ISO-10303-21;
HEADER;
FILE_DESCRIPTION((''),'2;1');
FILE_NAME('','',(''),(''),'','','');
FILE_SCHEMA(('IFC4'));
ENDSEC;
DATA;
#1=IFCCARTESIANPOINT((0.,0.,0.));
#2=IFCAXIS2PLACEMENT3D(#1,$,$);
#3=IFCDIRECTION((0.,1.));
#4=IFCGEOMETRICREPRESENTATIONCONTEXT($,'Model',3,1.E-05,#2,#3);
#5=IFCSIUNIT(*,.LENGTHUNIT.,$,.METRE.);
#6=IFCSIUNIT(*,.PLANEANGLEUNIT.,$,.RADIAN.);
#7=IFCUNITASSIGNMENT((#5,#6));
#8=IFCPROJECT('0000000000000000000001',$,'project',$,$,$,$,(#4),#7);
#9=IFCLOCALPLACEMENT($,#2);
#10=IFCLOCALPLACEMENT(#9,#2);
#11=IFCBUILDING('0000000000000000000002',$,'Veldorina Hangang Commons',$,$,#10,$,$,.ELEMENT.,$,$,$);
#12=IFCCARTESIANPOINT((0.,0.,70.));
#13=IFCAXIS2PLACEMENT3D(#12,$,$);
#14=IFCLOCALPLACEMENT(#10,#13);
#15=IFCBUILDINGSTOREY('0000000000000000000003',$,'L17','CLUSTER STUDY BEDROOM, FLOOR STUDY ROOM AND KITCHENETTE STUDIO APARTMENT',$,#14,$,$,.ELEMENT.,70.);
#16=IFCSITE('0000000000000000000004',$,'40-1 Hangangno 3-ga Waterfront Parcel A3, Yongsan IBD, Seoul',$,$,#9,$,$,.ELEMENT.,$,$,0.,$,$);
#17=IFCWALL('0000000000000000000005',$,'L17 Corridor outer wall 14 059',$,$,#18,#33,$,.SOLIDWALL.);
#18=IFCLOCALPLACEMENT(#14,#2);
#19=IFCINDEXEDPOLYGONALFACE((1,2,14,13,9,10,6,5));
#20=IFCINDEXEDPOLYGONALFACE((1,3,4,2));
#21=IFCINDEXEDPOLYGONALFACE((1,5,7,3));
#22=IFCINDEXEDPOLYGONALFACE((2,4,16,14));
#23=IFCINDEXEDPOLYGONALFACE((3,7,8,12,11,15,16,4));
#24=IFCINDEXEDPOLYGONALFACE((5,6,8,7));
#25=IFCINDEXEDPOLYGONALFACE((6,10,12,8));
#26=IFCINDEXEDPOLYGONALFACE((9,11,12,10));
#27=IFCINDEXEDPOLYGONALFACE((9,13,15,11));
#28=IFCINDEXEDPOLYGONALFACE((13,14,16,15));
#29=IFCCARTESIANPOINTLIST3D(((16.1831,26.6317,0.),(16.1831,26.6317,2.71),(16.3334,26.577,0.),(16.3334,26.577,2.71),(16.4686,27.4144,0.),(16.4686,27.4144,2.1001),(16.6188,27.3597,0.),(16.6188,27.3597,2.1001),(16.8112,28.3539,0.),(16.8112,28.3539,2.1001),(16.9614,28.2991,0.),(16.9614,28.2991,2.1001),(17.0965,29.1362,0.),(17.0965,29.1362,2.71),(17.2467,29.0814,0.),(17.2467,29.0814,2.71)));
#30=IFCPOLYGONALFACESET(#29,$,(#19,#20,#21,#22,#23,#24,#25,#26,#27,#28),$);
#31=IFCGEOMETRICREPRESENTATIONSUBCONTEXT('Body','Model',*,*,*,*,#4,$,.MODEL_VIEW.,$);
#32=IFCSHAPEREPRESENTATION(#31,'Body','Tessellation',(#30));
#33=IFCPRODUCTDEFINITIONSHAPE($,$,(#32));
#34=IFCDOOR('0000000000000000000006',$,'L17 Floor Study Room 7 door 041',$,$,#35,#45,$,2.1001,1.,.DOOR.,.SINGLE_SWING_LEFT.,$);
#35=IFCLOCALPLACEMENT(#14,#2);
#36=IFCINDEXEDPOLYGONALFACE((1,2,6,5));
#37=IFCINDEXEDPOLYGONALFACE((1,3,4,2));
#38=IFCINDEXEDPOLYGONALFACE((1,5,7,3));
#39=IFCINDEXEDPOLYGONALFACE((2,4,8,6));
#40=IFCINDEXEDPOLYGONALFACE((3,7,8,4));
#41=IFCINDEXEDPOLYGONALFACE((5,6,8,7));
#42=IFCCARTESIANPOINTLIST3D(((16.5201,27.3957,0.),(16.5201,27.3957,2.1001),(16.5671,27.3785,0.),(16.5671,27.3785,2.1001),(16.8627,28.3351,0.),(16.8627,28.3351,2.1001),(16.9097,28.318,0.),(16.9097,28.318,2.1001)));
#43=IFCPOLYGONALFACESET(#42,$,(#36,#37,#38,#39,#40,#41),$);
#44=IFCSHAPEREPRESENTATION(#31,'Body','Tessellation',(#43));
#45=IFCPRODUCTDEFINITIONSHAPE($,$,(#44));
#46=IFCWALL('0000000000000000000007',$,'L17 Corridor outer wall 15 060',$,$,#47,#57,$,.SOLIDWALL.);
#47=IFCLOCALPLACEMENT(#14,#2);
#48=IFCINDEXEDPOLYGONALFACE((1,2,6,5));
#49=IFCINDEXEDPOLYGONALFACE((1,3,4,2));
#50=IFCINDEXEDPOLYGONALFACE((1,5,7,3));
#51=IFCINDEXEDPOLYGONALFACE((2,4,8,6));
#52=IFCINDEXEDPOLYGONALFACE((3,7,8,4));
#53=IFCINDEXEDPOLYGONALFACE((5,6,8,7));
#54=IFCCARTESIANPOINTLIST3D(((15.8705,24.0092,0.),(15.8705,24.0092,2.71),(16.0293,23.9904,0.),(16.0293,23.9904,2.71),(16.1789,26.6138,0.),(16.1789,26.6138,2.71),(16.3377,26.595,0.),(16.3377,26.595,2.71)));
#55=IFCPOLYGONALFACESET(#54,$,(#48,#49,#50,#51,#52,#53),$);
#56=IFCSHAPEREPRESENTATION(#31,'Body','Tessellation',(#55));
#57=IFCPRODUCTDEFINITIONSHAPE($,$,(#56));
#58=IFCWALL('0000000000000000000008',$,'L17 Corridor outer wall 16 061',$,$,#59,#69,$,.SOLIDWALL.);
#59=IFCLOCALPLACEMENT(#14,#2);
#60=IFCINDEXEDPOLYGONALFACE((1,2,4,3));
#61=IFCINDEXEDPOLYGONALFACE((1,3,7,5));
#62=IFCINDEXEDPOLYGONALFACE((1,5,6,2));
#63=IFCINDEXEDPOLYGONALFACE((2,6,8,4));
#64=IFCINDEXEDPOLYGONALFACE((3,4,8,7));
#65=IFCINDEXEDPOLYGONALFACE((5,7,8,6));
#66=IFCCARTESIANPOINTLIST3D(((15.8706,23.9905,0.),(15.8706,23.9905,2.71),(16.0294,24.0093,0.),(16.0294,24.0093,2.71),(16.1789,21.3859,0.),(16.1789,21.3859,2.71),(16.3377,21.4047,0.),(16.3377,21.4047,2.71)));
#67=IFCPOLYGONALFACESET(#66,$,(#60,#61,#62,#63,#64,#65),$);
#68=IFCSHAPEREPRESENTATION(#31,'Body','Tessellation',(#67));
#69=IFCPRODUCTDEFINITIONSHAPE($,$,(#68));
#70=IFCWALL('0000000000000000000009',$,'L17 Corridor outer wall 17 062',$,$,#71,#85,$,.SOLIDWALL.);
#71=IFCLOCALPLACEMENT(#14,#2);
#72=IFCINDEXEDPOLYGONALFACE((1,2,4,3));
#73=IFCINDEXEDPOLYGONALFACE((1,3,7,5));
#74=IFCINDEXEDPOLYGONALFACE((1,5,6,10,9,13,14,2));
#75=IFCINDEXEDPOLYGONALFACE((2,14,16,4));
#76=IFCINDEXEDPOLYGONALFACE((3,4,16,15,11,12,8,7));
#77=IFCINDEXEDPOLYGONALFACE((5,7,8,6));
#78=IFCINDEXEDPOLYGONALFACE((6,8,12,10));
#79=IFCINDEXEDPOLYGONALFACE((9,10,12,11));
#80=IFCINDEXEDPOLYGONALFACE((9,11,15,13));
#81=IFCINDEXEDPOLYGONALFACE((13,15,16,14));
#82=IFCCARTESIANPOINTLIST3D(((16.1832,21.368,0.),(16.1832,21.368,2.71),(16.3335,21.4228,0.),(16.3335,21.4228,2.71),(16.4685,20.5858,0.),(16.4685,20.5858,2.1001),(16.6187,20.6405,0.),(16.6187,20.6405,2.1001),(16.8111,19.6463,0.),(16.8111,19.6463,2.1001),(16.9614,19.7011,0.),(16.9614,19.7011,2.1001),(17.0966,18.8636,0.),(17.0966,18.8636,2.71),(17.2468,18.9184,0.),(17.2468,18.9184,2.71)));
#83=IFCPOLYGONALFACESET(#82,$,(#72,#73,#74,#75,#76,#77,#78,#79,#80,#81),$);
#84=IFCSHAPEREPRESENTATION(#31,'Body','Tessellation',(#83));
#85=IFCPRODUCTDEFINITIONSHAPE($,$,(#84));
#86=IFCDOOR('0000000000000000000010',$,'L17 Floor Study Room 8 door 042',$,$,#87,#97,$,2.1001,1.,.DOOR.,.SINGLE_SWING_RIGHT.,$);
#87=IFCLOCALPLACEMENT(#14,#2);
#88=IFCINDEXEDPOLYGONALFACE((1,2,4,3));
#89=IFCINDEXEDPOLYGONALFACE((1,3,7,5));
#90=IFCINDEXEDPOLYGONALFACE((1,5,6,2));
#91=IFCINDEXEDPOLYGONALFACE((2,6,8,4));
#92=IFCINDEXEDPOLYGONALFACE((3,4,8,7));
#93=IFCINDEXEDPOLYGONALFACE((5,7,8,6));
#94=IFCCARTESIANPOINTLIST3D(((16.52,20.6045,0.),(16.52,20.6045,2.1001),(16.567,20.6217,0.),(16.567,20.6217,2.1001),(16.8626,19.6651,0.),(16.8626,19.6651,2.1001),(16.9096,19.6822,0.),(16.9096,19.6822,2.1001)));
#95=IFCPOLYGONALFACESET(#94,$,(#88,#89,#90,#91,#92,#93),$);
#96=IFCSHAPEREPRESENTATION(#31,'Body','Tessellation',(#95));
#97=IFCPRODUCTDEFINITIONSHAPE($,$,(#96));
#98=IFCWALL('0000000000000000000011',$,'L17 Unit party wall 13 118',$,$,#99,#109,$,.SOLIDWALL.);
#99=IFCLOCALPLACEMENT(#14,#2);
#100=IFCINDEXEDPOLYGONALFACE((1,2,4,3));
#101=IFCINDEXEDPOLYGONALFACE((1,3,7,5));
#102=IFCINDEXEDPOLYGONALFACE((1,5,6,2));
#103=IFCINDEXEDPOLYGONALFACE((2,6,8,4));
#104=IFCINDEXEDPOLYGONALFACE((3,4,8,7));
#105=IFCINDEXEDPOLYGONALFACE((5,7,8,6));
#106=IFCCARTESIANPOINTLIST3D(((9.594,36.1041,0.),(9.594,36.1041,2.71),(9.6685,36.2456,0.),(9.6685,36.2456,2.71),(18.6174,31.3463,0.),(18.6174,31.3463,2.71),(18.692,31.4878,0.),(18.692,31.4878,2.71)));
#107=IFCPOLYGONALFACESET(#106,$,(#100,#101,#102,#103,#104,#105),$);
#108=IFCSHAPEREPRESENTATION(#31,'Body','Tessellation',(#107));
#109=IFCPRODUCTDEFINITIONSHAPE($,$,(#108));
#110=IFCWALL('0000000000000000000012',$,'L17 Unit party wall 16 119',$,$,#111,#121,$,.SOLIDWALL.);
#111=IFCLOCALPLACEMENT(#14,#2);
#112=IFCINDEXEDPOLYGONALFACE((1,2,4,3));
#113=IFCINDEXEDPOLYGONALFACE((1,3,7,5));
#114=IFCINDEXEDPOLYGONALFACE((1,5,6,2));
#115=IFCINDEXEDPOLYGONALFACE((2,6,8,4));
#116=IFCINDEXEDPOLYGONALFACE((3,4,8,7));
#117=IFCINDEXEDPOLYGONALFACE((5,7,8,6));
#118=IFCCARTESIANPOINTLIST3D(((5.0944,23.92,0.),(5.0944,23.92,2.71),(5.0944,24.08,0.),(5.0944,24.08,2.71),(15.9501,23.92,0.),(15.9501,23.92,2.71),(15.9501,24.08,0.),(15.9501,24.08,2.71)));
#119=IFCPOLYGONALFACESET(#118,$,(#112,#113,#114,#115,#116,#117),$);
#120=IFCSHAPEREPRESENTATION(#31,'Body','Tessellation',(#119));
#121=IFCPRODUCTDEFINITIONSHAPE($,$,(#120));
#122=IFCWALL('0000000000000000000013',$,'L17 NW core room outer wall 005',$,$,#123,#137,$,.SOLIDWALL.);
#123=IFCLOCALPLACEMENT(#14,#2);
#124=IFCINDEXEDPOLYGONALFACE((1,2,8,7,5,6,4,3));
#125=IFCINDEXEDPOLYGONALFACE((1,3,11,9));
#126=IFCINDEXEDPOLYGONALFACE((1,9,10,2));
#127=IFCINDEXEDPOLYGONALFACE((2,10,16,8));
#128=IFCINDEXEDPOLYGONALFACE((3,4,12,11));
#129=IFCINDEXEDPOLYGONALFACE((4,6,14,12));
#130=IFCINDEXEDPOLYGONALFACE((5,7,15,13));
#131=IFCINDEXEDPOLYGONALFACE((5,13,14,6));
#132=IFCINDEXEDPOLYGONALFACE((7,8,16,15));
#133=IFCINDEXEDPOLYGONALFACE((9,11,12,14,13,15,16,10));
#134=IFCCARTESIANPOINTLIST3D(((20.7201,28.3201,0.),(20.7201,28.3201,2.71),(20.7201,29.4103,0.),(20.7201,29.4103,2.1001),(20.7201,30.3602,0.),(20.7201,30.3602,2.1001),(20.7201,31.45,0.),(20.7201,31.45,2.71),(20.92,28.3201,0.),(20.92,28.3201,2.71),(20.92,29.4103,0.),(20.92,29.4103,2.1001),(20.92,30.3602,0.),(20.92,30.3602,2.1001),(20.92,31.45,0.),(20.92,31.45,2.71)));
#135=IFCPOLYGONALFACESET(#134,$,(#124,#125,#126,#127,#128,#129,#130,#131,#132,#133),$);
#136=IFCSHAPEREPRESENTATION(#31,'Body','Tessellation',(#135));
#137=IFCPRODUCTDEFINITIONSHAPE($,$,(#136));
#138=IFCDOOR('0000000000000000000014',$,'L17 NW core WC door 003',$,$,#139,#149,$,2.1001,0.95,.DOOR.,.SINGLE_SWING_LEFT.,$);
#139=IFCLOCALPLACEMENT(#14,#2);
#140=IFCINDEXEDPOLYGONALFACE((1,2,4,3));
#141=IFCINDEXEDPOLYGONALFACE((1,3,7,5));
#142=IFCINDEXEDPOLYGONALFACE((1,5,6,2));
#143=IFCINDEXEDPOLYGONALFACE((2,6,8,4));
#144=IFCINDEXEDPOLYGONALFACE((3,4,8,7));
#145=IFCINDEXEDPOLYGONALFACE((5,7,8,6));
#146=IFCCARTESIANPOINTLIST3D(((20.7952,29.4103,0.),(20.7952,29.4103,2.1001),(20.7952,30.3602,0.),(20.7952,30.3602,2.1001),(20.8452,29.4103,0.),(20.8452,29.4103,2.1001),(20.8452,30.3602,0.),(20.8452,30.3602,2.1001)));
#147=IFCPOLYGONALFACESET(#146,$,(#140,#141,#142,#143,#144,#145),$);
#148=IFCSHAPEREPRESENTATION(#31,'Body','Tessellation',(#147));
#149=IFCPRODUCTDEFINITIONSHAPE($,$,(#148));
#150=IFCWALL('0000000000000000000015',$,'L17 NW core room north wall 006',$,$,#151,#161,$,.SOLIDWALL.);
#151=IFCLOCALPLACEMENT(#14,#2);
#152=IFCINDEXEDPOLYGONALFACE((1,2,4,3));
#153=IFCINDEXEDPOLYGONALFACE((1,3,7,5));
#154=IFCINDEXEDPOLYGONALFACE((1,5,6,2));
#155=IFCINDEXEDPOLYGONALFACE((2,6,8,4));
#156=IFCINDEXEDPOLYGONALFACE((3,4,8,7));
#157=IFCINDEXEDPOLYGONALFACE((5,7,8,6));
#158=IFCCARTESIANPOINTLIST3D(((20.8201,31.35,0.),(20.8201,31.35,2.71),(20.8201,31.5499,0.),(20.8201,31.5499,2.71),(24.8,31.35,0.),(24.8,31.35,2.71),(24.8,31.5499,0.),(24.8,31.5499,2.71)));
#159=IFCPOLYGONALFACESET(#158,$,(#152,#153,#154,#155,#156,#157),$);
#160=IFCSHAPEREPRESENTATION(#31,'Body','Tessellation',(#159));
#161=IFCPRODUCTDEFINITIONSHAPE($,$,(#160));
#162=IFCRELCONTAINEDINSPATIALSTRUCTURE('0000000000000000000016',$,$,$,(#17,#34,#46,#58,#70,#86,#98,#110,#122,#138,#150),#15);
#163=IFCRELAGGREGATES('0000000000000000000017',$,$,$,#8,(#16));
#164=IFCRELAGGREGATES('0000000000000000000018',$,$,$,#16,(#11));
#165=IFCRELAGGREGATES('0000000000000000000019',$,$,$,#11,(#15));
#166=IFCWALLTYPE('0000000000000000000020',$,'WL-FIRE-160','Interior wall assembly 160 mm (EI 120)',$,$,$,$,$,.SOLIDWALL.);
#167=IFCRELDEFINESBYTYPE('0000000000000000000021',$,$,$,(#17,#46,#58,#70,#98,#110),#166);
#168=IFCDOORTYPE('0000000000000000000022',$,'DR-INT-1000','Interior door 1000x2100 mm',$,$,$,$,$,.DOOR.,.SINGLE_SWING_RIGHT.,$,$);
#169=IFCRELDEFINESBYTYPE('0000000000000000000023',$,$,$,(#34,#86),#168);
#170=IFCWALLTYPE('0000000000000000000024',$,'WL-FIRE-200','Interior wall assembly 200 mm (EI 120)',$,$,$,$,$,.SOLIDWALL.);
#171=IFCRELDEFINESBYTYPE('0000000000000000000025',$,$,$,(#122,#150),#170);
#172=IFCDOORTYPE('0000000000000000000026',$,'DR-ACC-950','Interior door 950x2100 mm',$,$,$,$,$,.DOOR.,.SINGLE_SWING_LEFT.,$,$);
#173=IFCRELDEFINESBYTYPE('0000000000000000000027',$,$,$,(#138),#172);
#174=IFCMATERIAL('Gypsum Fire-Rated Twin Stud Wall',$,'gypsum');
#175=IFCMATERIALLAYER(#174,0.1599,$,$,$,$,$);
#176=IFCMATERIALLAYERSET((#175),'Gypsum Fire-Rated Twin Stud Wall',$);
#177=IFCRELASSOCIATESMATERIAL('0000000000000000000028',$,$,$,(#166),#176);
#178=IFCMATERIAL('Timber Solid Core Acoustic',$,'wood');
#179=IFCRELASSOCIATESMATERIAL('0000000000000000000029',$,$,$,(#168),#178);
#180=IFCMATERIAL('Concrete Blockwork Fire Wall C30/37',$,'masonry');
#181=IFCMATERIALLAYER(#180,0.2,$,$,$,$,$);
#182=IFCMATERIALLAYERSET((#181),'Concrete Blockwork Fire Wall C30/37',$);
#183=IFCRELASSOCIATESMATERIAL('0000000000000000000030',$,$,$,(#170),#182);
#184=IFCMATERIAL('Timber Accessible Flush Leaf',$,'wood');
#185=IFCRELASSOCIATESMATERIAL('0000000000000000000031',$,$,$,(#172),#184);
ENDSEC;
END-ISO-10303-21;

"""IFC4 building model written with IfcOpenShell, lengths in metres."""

from ifc_helpers import new_model, si_unit, direction, frame, frame_2d, origin, place, context, subcontext, project, spatial, rectangle, extrude, material, layer, layer_set, type_object, element, fill, save


model = new_model("IFC4")

# Units and contexts
model_context = context("Model", 3, precision=1e-05, world=origin(), true_north=direction((0.0, 1.0)))
body_context = subcontext(model_context, "Body", "Model", "MODEL_VIEW")
ifc_project = project(units=[si_unit("LENGTHUNIT", "METRE"), si_unit("PLANEANGLEUNIT", "RADIAN")], contexts=[model_context])

# Site, building, storey
site_placement = place(None, origin())
site = spatial("IfcSite", under=ifc_project, at=site_placement, Name="40-1 Hangangno 3-ga Waterfront Parcel A3, Yongsan IBD, Seoul", CompositionType="ELEMENT", RefElevation=0.0)
building_placement = place(site_placement, origin())
building = spatial("IfcBuilding", under=site, at=building_placement, Name="Veldorina Hangang Commons", CompositionType="ELEMENT")
storey_placement = place(building_placement, frame((0.0, 0.0, 70.0)))
storey = spatial("IfcBuildingStorey", under=building, at=storey_placement, Name="L17", Description="CLUSTER STUDY BEDROOM, FLOOR STUDY ROOM AND KITCHENETTE STUDIO APARTMENT", CompositionType="ELEMENT", Elevation=70.0)

# Shared definitions
ifc_material_1 = material(Name="Gypsum Fire-Rated Twin Stud Wall", Category="gypsum")
ifc_layer_1 = layer(ifc_material_1, 0.1599)
ifc_layer_set_1 = layer_set([ifc_layer_1], Name="Gypsum Fire-Rated Twin Stud Wall")
wall_type_1 = type_object("IfcWallType", Name="WL-FIRE-160", Description="Interior wall assembly 160 mm (EI 120)", PredefinedType="SOLIDWALL", material=ifc_layer_set_1)

# Wall, opening, door
wall_1_placement = place(storey_placement, frame((17.1716, 29.1089, 0.0), z_axis=(0.0, 0.0, 1.0), x_axis=(-0.342618, -0.939475, 0.0)))
wall_1 = element("IfcWall", 1, at=wall_1_placement, inside=storey, type_object=wall_type_1, Name="L17 Corridor outer wall 14 059", PredefinedType="SOLIDWALL", context=body_context, shape_type="SweptSolid", body=[
    extrude(rectangle(XDim=2.6658, YDim=0.1599, at=frame_2d((1.333, 0.0))), origin(), (0.0, 0.0, 1.0), 2.71),
])
opening_1_placement = place(wall_1_placement, frame((0.8328, 0.0, 0.0)))
opening_1 = element("IfcOpeningElement", 2, at=opening_1_placement, cuts=wall_1, PredefinedType="OPENING", context=body_context, shape_type="SweptSolid", body=[
    extrude(rectangle(XDim=1.0, YDim=2.1001, at=frame_2d((0.5, 1.05))), frame((0.0, 0.0898, 0.0), z_axis=(0.0, -1.0, 0.0), x_axis=(1.0, 0.0, 0.0)), (0.0, 0.0, 1.0), 0.1799),
])
ifc_material_2 = material(Name="Timber Solid Core Acoustic", Category="wood")
door_type_1 = type_object("IfcDoorType", Name="DR-INT-1000", Description="Interior door 1000x2100 mm", OperationType="SINGLE_SWING_RIGHT", PredefinedType="DOOR", material=ifc_material_2)
door_1_placement = place(opening_1_placement, origin())
door_1 = element("IfcDoor", 3, at=door_1_placement, inside=storey, type_object=door_type_1, Name="L17 Floor Study Room 7 door 041", OperationType="SINGLE_SWING_LEFT", OverallHeight=2.1001, OverallWidth=1.0, PredefinedType="DOOR", context=body_context, shape_type="SweptSolid", body=[
    extrude(rectangle(XDim=1.0, YDim=2.1001, at=frame_2d((0.5, 1.05))), frame((0.0, 0.0249, 0.0), z_axis=(0.0, -1.0, 0.0), x_axis=(1.0, 0.0, 0.0)), (0.0, 0.0, 1.0), 0.05),
])
fill(opening_1, door_1)

# Walls
for number, where, z_axis, x_axis, name in (
    (4, (16.2583, 26.6045, 0.0), (0.0, 0.0, 1.0), (-0.11757, -0.993065, 0.0), "L17 Corridor outer wall 15 060"),
    (5, (15.95, 24.0, 0.0), (0.0, 0.0, 1.0), (0.11757, -0.993065, 0.0), "L17 Corridor outer wall 16 061"),
):
    element("IfcWall", number, at=place(storey_placement, frame(where, z_axis=z_axis, x_axis=x_axis)), inside=storey, type_object=wall_type_1, Name=name, PredefinedType="SOLIDWALL", context=body_context, shape_type="SweptSolid", body=[
        extrude(rectangle(XDim=2.6228, YDim=0.1599, at=frame_2d((1.3115, 0.0))), origin(), (0.0, 0.0, 1.0), 2.71),
    ])

# Wall, opening, door
wall_2_placement = place(storey_placement, frame((16.2583, 21.3955, 0.0), z_axis=(0.0, 0.0, 1.0), x_axis=(0.342618, -0.939475, 0.0)))
wall_2 = element("IfcWall", 6, at=wall_2_placement, inside=storey, type_object=wall_type_1, Name="L17 Corridor outer wall 17 062", PredefinedType="SOLIDWALL", context=body_context, shape_type="SweptSolid", body=[
    extrude(rectangle(XDim=2.6658, YDim=0.1599, at=frame_2d((1.333, 0.0))), origin(), (0.0, 0.0, 1.0), 2.71),
])
opening_2_placement = place(wall_2_placement, frame((0.8328, 0.0, 0.0)))
opening_2 = element("IfcOpeningElement", 7, at=opening_2_placement, cuts=wall_2, PredefinedType="OPENING", context=body_context, shape_type="SweptSolid", body=[
    extrude(rectangle(XDim=1.0, YDim=2.1001, at=frame_2d((0.5, 1.05))), frame((0.0, 0.0898, 0.0), z_axis=(0.0, -1.0, 0.0), x_axis=(1.0, 0.0, 0.0)), (0.0, 0.0, 1.0), 0.1799),
])
door_2_placement = place(opening_2_placement, origin())
door_2 = element("IfcDoor", 8, at=door_2_placement, inside=storey, type_object=door_type_1, Name="L17 Floor Study Room 8 door 042", OperationType="SINGLE_SWING_RIGHT", OverallHeight=2.1001, OverallWidth=1.0, PredefinedType="DOOR", context=body_context, shape_type="SweptSolid", body=[
    extrude(rectangle(XDim=1.0, YDim=2.1001, at=frame_2d((0.5, 1.05))), frame((0.0, 0.0249, 0.0), z_axis=(0.0, -1.0, 0.0), x_axis=(1.0, 0.0, 0.0)), (0.0, 0.0, 1.0), 0.05),
])
fill(opening_2, door_2)

# Walls
wall_3_placement = place(storey_placement, frame((18.6548, 31.417, 0.0), z_axis=(0.0, 0.0, 1.0), x_axis=(-0.884569, 0.466409, 0.0)))
element("IfcWall", 9, at=wall_3_placement, inside=storey, type_object=wall_type_1, Name="L17 Unit party wall 13 118", PredefinedType="SOLIDWALL", context=body_context, shape_type="SweptSolid", body=[
    extrude(rectangle(XDim=10.2009, YDim=0.1599, at=frame_2d((5.1006, 0.0))), origin(), (0.0, 0.0, 1.0), 2.71),
])
wall_4_placement = place(storey_placement, frame((15.95, 24.0, 0.0), z_axis=(0.0, 0.0, 1.0), x_axis=(-1.0, 0.0, 0.0)))
element("IfcWall", 10, at=wall_4_placement, inside=storey, type_object=wall_type_1, Name="L17 Unit party wall 16 119", PredefinedType="SOLIDWALL", context=body_context, shape_type="SweptSolid", body=[
    extrude(rectangle(XDim=10.8557, YDim=0.1599, at=frame_2d((5.4277, 0.0))), origin(), (0.0, 0.0, 1.0), 2.71),
])

# Wall, opening, door
ifc_material_3 = material(Name="Concrete Blockwork Fire Wall C30/37", Category="masonry")
ifc_layer_2 = layer(ifc_material_3, 0.2)
ifc_layer_set_2 = layer_set([ifc_layer_2], Name="Concrete Blockwork Fire Wall C30/37")
wall_type_2 = type_object("IfcWallType", Name="WL-FIRE-200", Description="Interior wall assembly 200 mm (EI 120)", PredefinedType="SOLIDWALL", material=ifc_layer_set_2)
wall_5_placement = place(storey_placement, frame((20.8201, 28.3201, 0.0), z_axis=(0.0, 0.0, 1.0), x_axis=(0.0, 1.0, 0.0)))
wall_5 = element("IfcWall", 11, at=wall_5_placement, inside=storey, type_object=wall_type_2, Name="L17 NW core room outer wall 005", PredefinedType="SOLIDWALL", context=body_context, shape_type="SweptSolid", body=[
    extrude(rectangle(XDim=3.1299, YDim=0.2, at=frame_2d((1.5649, 0.0))), origin(), (0.0, 0.0, 1.0), 2.71),
])
opening_3_placement = place(wall_5_placement, frame((1.0901, 0.0, 0.0)))
opening_3 = element("IfcOpeningElement", 12, at=opening_3_placement, cuts=wall_5, PredefinedType="OPENING", context=body_context, shape_type="SweptSolid", body=[
    extrude(rectangle(XDim=0.95, YDim=2.1001, at=frame_2d((0.4751, 1.05))), frame((0.0, 0.1099, 0.0), z_axis=(0.0, -1.0, 0.0), x_axis=(1.0, 0.0, 0.0)), (0.0, 0.0, 1.0), 0.22),
])
ifc_material_4 = material(Name="Timber Accessible Flush Leaf", Category="wood")
door_type_2 = type_object("IfcDoorType", Name="DR-ACC-950", Description="Interior door 950x2100 mm", OperationType="SINGLE_SWING_LEFT", PredefinedType="DOOR", material=ifc_material_4)
door_3_placement = place(opening_3_placement, origin())
door_3 = element("IfcDoor", 13, at=door_3_placement, inside=storey, type_object=door_type_2, Name="L17 NW core WC door 003", OperationType="SINGLE_SWING_LEFT", OverallHeight=2.1001, OverallWidth=0.95, PredefinedType="DOOR", context=body_context, shape_type="SweptSolid", body=[
    extrude(rectangle(XDim=0.95, YDim=2.1001, at=frame_2d((0.4751, 1.05))), frame((0.0, 0.0249, 0.0), z_axis=(0.0, -1.0, 0.0), x_axis=(1.0, 0.0, 0.0)), (0.0, 0.0, 1.0), 0.05),
])
fill(opening_3, door_3)

# Wall
wall_6_placement = place(storey_placement, frame((20.8201, 31.45, 0.0), z_axis=(0.0, 0.0, 1.0), x_axis=(1.0, 0.0, 0.0)))
element("IfcWall", 14, at=wall_6_placement, inside=storey, type_object=wall_type_2, Name="L17 NW core room north wall 006", PredefinedType="SOLIDWALL", context=body_context, shape_type="SweptSolid", body=[
    extrude(rectangle(XDim=3.98, YDim=0.2, at=frame_2d((1.99, 0.0))), origin(), (0.0, 0.0, 1.0), 2.71),
])

save(model, "model.ifc")
